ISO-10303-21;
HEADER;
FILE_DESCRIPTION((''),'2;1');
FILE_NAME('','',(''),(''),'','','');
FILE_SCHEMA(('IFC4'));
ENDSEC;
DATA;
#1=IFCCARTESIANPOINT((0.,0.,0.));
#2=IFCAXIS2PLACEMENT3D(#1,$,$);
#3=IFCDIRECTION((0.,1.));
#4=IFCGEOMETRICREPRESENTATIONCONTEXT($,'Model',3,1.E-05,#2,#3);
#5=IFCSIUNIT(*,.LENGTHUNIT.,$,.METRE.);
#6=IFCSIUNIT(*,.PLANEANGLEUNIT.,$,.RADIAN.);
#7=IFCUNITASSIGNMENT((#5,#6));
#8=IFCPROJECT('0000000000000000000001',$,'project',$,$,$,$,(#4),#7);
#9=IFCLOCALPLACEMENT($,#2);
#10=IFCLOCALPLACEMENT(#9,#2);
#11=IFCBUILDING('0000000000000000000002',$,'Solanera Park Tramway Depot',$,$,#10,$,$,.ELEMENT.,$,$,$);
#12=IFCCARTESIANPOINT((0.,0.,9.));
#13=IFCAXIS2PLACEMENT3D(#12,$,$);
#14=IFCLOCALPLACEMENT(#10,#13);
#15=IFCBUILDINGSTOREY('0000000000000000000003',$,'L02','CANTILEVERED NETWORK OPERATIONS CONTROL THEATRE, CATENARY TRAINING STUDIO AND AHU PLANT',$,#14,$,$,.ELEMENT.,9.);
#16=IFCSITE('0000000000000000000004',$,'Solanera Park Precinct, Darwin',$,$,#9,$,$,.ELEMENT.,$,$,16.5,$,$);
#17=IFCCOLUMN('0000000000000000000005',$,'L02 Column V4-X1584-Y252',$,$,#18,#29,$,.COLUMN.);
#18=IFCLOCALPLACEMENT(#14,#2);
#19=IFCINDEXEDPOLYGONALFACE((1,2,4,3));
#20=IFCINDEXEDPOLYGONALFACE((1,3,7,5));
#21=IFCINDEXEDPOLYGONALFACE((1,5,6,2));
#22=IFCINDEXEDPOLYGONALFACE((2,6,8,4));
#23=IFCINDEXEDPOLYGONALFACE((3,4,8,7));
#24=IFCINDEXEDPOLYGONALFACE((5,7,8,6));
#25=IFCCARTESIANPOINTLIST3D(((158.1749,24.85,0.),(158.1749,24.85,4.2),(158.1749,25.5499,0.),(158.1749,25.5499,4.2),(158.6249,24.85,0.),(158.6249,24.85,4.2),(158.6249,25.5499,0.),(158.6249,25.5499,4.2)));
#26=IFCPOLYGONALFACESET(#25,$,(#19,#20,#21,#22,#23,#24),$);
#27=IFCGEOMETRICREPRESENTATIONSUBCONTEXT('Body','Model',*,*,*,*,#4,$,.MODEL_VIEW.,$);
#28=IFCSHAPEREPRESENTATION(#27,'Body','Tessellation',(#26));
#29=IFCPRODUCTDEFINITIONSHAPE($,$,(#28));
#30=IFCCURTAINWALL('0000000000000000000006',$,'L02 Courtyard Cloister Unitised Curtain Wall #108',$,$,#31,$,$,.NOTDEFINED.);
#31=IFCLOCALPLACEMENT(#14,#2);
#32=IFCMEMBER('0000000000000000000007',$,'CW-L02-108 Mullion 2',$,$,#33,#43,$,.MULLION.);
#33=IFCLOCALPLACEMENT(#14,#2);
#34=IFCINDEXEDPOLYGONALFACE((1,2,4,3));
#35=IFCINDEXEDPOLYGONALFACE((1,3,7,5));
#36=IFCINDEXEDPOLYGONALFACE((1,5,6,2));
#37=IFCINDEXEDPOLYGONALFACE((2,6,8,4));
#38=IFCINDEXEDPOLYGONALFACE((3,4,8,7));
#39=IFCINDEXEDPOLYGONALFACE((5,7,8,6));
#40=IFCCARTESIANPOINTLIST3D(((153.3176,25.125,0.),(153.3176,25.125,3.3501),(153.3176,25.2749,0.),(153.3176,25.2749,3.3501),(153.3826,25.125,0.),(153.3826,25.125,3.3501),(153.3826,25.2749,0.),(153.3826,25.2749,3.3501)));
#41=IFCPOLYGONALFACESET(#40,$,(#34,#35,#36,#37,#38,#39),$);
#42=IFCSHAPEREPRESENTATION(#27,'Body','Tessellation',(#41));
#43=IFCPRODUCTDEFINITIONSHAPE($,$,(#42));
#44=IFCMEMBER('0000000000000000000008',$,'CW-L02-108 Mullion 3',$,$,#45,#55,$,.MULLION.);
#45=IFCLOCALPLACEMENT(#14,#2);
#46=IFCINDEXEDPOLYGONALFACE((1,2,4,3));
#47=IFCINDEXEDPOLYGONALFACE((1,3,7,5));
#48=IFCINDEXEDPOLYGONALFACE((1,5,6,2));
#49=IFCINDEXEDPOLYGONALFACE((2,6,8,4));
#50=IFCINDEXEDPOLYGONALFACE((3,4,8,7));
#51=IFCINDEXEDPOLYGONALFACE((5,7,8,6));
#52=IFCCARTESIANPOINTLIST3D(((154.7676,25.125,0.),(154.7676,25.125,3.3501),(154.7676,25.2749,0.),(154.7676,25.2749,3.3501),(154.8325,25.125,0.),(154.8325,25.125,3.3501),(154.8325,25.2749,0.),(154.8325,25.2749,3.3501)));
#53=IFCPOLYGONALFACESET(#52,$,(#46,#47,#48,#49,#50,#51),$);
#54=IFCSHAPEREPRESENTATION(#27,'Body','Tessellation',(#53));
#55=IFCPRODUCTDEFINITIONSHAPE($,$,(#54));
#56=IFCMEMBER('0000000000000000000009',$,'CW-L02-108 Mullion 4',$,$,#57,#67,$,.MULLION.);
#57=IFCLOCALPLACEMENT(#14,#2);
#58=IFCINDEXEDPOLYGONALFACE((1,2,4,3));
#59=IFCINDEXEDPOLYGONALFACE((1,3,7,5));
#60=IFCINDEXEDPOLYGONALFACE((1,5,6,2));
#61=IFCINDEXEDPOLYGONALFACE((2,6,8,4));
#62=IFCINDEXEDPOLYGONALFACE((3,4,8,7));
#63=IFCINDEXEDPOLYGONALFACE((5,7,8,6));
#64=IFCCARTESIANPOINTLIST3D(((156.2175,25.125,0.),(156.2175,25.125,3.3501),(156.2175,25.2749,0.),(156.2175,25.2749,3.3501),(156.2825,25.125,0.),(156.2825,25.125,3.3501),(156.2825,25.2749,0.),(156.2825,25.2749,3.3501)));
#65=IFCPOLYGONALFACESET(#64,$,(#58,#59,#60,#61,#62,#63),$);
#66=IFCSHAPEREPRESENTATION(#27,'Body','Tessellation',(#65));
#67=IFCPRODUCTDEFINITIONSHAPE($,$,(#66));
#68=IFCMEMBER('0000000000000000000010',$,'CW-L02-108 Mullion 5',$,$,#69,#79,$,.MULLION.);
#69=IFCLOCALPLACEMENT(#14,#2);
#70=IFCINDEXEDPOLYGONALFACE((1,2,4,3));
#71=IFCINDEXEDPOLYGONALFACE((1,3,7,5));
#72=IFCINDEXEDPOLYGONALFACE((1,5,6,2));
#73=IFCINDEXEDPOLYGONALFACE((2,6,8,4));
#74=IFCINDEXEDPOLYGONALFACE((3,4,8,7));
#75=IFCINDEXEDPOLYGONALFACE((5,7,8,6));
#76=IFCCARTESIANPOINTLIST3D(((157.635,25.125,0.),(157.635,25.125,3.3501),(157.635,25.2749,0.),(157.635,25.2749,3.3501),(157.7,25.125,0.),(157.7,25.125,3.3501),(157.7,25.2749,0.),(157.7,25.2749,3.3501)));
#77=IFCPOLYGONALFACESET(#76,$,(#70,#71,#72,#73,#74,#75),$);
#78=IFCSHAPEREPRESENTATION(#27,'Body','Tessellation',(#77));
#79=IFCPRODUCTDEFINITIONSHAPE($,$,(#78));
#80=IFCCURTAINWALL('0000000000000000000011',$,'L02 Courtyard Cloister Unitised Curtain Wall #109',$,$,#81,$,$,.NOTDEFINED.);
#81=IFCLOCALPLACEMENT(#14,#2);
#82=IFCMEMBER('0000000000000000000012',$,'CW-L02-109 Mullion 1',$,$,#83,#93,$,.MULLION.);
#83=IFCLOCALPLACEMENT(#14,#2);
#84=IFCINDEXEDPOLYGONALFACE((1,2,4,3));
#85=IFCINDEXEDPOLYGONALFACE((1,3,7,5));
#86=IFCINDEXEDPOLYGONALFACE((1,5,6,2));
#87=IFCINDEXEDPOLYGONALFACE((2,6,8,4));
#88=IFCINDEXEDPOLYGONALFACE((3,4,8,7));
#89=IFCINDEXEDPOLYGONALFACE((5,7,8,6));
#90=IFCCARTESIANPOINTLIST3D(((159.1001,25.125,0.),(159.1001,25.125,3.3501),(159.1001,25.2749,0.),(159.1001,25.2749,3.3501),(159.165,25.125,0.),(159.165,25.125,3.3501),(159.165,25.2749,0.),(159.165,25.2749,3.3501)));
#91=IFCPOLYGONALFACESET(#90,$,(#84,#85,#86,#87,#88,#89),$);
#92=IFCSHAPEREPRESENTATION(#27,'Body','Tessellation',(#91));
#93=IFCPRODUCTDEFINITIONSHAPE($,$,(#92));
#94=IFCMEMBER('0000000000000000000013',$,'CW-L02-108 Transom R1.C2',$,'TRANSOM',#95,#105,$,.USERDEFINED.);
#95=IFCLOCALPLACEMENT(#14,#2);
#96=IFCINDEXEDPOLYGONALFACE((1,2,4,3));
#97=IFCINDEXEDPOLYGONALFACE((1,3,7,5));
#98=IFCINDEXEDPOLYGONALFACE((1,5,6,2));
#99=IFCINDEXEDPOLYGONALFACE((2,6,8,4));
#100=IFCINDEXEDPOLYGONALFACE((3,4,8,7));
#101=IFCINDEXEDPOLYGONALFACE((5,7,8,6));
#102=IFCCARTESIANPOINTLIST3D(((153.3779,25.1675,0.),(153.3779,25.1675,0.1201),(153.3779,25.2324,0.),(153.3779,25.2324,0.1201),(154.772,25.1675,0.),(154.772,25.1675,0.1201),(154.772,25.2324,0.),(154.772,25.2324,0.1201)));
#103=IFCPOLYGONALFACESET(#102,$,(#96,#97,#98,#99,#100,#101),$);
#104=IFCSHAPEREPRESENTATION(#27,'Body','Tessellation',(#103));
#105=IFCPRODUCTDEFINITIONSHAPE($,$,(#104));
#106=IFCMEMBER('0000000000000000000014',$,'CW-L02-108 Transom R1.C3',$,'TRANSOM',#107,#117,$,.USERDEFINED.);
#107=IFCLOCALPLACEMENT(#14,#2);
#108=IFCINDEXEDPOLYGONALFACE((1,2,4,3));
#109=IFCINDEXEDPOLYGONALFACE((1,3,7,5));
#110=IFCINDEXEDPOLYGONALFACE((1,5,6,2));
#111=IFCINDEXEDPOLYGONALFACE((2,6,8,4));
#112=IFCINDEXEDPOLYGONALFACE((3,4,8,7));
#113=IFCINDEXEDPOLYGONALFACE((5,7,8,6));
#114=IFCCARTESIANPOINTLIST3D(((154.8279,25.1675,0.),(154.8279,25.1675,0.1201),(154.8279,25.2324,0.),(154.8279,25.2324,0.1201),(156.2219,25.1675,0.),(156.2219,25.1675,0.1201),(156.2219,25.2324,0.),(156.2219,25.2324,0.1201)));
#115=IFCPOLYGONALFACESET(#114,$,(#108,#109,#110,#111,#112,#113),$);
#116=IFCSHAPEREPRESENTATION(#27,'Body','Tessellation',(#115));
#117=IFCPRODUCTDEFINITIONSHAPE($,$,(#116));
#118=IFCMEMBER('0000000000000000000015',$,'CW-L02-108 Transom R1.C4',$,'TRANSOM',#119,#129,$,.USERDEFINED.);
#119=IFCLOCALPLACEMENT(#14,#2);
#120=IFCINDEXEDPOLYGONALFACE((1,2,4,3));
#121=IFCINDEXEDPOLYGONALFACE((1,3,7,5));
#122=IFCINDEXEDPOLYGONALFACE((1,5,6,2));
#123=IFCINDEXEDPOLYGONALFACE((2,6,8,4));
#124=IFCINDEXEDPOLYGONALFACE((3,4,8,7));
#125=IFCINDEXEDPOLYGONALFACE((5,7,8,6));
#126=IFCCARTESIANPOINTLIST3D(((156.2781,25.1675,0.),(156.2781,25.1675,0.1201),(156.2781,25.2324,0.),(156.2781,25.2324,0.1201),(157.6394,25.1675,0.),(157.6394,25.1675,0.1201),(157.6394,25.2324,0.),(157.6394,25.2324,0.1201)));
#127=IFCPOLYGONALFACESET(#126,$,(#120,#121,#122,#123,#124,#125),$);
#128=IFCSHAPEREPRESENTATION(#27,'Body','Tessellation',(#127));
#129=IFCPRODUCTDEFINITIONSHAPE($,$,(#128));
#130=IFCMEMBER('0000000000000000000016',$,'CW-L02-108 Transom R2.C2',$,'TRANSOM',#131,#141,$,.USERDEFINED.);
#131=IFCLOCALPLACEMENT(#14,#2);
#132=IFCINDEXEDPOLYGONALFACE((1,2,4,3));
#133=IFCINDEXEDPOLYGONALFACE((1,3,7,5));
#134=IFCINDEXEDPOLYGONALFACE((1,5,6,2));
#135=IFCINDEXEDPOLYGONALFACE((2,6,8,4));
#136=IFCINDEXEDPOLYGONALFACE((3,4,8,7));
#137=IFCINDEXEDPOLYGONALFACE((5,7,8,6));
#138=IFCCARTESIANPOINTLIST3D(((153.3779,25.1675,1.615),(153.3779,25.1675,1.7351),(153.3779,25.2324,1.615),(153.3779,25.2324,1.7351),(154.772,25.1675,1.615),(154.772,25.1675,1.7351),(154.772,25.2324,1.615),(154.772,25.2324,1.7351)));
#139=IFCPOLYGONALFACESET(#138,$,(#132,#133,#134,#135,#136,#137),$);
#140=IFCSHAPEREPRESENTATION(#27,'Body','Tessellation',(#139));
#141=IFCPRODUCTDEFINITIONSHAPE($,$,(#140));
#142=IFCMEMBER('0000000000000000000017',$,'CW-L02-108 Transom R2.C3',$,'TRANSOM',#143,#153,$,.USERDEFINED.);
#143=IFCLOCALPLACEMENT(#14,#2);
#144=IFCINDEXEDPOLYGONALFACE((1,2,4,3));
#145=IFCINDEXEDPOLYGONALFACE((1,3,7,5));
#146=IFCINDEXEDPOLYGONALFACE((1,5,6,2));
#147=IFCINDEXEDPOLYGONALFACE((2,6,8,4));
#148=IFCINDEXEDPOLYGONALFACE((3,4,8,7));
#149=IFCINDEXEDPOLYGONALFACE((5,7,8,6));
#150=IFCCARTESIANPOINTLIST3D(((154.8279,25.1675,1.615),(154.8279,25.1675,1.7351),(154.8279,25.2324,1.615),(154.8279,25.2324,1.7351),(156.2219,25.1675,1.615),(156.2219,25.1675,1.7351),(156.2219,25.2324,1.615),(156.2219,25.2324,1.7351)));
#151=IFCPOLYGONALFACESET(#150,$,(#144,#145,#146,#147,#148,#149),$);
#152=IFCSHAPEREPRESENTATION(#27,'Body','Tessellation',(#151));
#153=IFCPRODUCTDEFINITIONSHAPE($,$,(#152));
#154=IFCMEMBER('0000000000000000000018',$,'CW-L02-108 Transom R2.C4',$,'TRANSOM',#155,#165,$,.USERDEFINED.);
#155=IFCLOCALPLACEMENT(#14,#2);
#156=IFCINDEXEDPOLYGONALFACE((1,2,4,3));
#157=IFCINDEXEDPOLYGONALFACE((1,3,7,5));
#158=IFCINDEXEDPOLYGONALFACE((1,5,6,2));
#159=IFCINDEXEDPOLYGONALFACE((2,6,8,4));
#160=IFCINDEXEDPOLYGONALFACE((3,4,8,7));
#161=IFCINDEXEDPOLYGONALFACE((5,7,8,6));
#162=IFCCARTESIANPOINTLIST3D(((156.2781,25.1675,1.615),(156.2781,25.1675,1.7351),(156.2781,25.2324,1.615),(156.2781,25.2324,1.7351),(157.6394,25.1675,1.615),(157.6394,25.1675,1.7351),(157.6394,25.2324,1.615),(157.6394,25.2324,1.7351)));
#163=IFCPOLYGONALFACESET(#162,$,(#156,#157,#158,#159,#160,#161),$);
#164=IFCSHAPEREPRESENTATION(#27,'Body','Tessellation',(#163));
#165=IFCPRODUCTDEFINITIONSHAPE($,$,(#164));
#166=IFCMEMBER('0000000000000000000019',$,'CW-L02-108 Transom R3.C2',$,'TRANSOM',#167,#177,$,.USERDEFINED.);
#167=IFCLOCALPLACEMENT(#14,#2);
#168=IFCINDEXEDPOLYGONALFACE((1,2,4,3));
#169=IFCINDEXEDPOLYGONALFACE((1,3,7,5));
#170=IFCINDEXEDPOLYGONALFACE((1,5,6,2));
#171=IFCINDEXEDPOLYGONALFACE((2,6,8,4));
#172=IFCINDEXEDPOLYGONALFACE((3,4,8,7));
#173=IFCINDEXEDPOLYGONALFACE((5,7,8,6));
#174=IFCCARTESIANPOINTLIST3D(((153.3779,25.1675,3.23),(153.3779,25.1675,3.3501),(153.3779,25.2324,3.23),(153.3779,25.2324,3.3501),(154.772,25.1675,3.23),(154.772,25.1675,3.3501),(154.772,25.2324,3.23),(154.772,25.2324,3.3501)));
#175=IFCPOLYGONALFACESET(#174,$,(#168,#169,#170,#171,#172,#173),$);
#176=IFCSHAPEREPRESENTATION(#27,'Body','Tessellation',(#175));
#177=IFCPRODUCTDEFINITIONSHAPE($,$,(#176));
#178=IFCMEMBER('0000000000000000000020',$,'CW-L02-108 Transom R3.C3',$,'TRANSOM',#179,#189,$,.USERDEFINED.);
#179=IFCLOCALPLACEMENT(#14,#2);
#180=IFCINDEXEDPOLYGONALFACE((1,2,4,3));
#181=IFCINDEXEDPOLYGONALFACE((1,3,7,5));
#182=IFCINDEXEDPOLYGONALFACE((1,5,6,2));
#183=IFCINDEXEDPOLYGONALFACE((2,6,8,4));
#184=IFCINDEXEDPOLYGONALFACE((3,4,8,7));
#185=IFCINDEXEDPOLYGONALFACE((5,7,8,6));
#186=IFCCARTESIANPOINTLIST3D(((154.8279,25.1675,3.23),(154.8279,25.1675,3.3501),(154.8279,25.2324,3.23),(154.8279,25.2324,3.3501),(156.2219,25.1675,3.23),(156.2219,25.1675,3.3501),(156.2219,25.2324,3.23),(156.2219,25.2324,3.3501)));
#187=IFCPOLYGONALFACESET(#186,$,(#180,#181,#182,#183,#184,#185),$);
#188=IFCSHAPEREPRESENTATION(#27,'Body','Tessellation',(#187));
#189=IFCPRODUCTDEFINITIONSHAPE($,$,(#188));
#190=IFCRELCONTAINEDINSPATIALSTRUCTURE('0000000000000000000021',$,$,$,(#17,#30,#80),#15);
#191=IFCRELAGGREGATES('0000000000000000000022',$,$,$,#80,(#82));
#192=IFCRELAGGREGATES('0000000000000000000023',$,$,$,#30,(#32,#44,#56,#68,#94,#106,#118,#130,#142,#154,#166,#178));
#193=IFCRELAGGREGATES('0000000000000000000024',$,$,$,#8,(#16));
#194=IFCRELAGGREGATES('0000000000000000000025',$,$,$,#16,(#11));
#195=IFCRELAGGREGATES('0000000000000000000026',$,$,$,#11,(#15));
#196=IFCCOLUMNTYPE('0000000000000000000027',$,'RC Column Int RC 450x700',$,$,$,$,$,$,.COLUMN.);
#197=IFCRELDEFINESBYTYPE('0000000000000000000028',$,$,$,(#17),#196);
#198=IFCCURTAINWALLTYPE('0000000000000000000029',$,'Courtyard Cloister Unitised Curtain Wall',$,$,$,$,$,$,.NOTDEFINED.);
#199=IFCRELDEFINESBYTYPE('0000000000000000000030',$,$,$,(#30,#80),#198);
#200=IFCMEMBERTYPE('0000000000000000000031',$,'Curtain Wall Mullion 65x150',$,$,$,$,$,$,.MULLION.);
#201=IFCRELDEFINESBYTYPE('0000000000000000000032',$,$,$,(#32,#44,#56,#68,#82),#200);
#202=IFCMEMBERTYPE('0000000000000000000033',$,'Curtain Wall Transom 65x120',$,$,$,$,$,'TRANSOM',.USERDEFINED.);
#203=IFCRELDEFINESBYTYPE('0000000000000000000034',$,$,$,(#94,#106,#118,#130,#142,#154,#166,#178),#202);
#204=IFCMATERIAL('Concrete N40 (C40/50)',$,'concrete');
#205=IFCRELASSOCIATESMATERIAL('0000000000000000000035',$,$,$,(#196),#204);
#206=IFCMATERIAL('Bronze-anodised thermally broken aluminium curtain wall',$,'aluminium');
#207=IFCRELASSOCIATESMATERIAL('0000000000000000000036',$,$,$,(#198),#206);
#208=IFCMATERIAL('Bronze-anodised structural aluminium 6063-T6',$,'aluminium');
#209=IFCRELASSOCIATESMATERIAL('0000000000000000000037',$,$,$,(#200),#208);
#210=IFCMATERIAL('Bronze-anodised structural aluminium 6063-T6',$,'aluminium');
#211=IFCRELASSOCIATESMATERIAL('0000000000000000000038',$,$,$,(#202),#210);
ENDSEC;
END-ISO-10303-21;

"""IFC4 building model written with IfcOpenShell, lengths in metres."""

from ifc_helpers import new_model, si_unit, direction, frame, origin, origin_2d, place, context, subcontext, project, spatial, rectangle, extrude, material, material_profile, profile_set, type_object, element, aggregate, save


model = new_model("IFC4")

# Units and contexts
model_context = context("Model", 3, precision=1e-05, world=origin(), true_north=direction((0.0, 1.0)))
body_context = subcontext(model_context, "Body", "Model", "MODEL_VIEW")
ifc_project = project(units=[si_unit("LENGTHUNIT", "METRE"), si_unit("PLANEANGLEUNIT", "RADIAN")], contexts=[model_context])

# Site, building, storey
site_placement = place(None, origin())
site = spatial("IfcSite", under=ifc_project, at=site_placement, Name="Solanera Park Precinct, Darwin", CompositionType="ELEMENT", RefElevation=16.5)
building_placement = place(site_placement, origin())
building = spatial("IfcBuilding", under=site, at=building_placement, Name="Solanera Park Tramway Depot", CompositionType="ELEMENT")
storey_placement = place(building_placement, frame((0.0, 0.0, 9.0)))
storey = spatial("IfcBuildingStorey", under=building, at=storey_placement, Name="L02", Description="CANTILEVERED NETWORK OPERATIONS CONTROL THEATRE, CATENARY TRAINING STUDIO AND AHU PLANT", CompositionType="ELEMENT", Elevation=9.0)

# Column
ifc_material_1 = material(Name="Concrete N40 (C40/50)", Category="concrete")
ifc_material_profile_1 = material_profile(ifc_material_1, rectangle(XDim=0.45, YDim=0.7, at=origin_2d()), Name="RC 450x700")
ifc_profile_set_1 = profile_set([ifc_material_profile_1], Name="Concrete N40 (C40/50)")
column_type = type_object("IfcColumnType", Name="RC Column Int RC 450x700", PredefinedType="COLUMN", material=ifc_profile_set_1)
column_placement = place(storey_placement, frame((158.3999, 25.2, 0.0), z_axis=(0.0, 0.0, 1.0), x_axis=(1.0, 0.0, 0.0)))
element("IfcColumn", 1, at=column_placement, inside=storey, type_object=column_type, Name="L02 Column V4-X1584-Y252", PredefinedType="COLUMN", context=body_context, shape_type="SweptSolid", body=[
    extrude(rectangle(XDim=0.45, YDim=0.7, at=origin_2d()), origin(), (0.0, 0.0, 1.0), 4.2),
])

# Curtain wall, members
ifc_material_2 = material(Name="Bronze-anodised thermally broken aluminium curtain wall", Category="aluminium")
curtain_wall_type = type_object("IfcCurtainWallType", Name="Courtyard Cloister Unitised Curtain Wall", PredefinedType="NOTDEFINED", material=ifc_material_2)
curtain_wall_1_placement = place(storey_placement, origin())
curtain_wall_1 = element("IfcCurtainWall", 2, at=curtain_wall_1_placement, inside=storey, type_object=curtain_wall_type, Name="L02 Courtyard Cloister Unitised Curtain Wall #108", PredefinedType="NOTDEFINED")
ifc_material_3 = material(Name="Bronze-anodised structural aluminium 6063-T6", Category="aluminium")
ifc_material_profile_2 = material_profile(ifc_material_3, rectangle(XDim=0.0649, YDim=0.1499, at=origin_2d()), Name="Curtain Wall Mullion 65x150")
ifc_profile_set_2 = profile_set([ifc_material_profile_2], Name="Bronze-anodised structural aluminium 6063-T6")
member_type_1 = type_object("IfcMemberType", Name="Curtain Wall Mullion 65x150", PredefinedType="MULLION", material=ifc_profile_set_2)
member_1_placement = place(storey_placement, frame((153.3501, 25.2, 0.0), z_axis=(0.0, 0.0, 1.0), x_axis=(1.0, 0.0, 0.0)))
member_1 = element("IfcMember", 3, at=member_1_placement, type_object=member_type_1, Name="CW-L02-108 Mullion 2", PredefinedType="MULLION", context=body_context, shape_type="SweptSolid", body=[
    extrude(rectangle(XDim=0.0649, YDim=0.1499, at=origin_2d()), origin(), (0.0, 0.0, 1.0), 3.3501),
])
member_2_placement = place(storey_placement, frame((154.8, 25.2, 0.0), z_axis=(0.0, 0.0, 1.0), x_axis=(1.0, 0.0, 0.0)))
member_2 = element("IfcMember", 4, at=member_2_placement, type_object=member_type_1, Name="CW-L02-108 Mullion 3", PredefinedType="MULLION", context=body_context, shape_type="SweptSolid", body=[
    extrude(rectangle(XDim=0.0649, YDim=0.1499, at=origin_2d()), origin(), (0.0, 0.0, 1.0), 3.3501),
])
member_3_placement = place(storey_placement, frame((156.25, 25.2, 0.0), z_axis=(0.0, 0.0, 1.0), x_axis=(1.0, 0.0, 0.0)))
member_3 = element("IfcMember", 5, at=member_3_placement, type_object=member_type_1, Name="CW-L02-108 Mullion 4", PredefinedType="MULLION", context=body_context, shape_type="SweptSolid", body=[
    extrude(rectangle(XDim=0.0649, YDim=0.1499, at=origin_2d()), origin(), (0.0, 0.0, 1.0), 3.3501),
])
member_4_placement = place(storey_placement, frame((157.6675, 25.2, 0.0), z_axis=(0.0, 0.0, 1.0), x_axis=(1.0, 0.0, 0.0)))
member_4 = element("IfcMember", 6, at=member_4_placement, type_object=member_type_1, Name="CW-L02-108 Mullion 5", PredefinedType="MULLION", context=body_context, shape_type="SweptSolid", body=[
    extrude(rectangle(XDim=0.0649, YDim=0.1499, at=origin_2d()), origin(), (0.0, 0.0, 1.0), 3.3501),
])

# Curtain wall, member
curtain_wall_2_placement = place(storey_placement, origin())
curtain_wall_2 = element("IfcCurtainWall", 7, at=curtain_wall_2_placement, inside=storey, type_object=curtain_wall_type, Name="L02 Courtyard Cloister Unitised Curtain Wall #109", PredefinedType="NOTDEFINED")
member_5_placement = place(storey_placement, frame((159.1326, 25.2, 0.0), z_axis=(0.0, 0.0, 1.0), x_axis=(1.0, 0.0, 0.0)))
member_5 = element("IfcMember", 8, at=member_5_placement, type_object=member_type_1, Name="CW-L02-109 Mullion 1", PredefinedType="MULLION", context=body_context, shape_type="SweptSolid", body=[
    extrude(rectangle(XDim=0.0649, YDim=0.1499, at=origin_2d()), origin(), (0.0, 0.0, 1.0), 3.3501),
])

# Members
ifc_material_4 = material(Name="Bronze-anodised structural aluminium 6063-T6", Category="aluminium")
ifc_material_profile_3 = material_profile(ifc_material_4, rectangle(XDim=0.0649, YDim=0.1201, at=origin_2d()), Name="Curtain Wall Transom 65x120")
ifc_profile_set_3 = profile_set([ifc_material_profile_3], Name="Bronze-anodised structural aluminium 6063-T6")
member_type_2 = type_object("IfcMemberType", Name="Curtain Wall Transom 65x120", ElementType="TRANSOM", PredefinedType="USERDEFINED", material=ifc_profile_set_3)
member_6_placement = place(storey_placement, frame((153.3779, 25.2, 0.0601), z_axis=(1.0, 0.0, 0.0), x_axis=(0.0, 1.0, 0.0)))
member_6 = element("IfcMember", 9, at=member_6_placement, type_object=member_type_2, Name="CW-L02-108 Transom R1.C2", ObjectType="TRANSOM", PredefinedType="USERDEFINED", context=body_context, shape_type="SweptSolid", body=[
    extrude(rectangle(XDim=0.0649, YDim=0.1201, at=origin_2d()), origin(), (0.0, 0.0, 1.0), 1.394),
])
member_7_placement = place(storey_placement, frame((154.8279, 25.2, 0.0601), z_axis=(1.0, 0.0, 0.0), x_axis=(0.0, 1.0, 0.0)))
member_7 = element("IfcMember", 10, at=member_7_placement, type_object=member_type_2, Name="CW-L02-108 Transom R1.C3", ObjectType="TRANSOM", PredefinedType="USERDEFINED", context=body_context, shape_type="SweptSolid", body=[
    extrude(rectangle(XDim=0.0649, YDim=0.1201, at=origin_2d()), origin(), (0.0, 0.0, 1.0), 1.394),
])
member_8_placement = place(storey_placement, frame((156.2781, 25.2, 0.0601), z_axis=(1.0, 0.0, 0.0), x_axis=(0.0, 1.0, 0.0)))
member_8 = element("IfcMember", 11, at=member_8_placement, type_object=member_type_2, Name="CW-L02-108 Transom R1.C4", ObjectType="TRANSOM", PredefinedType="USERDEFINED", context=body_context, shape_type="SweptSolid", body=[
    extrude(rectangle(XDim=0.0649, YDim=0.1201, at=origin_2d()), origin(), (0.0, 0.0, 1.0), 1.3613),
])
member_9_placement = place(storey_placement, frame((153.3779, 25.2, 1.675), z_axis=(1.0, 0.0, 0.0), x_axis=(0.0, 1.0, 0.0)))
member_9 = element("IfcMember", 12, at=member_9_placement, type_object=member_type_2, Name="CW-L02-108 Transom R2.C2", ObjectType="TRANSOM", PredefinedType="USERDEFINED", context=body_context, shape_type="SweptSolid", body=[
    extrude(rectangle(XDim=0.0649, YDim=0.1201, at=origin_2d()), origin(), (0.0, 0.0, 1.0), 1.394),
])
member_10_placement = place(storey_placement, frame((154.8279, 25.2, 1.675), z_axis=(1.0, 0.0, 0.0), x_axis=(0.0, 1.0, 0.0)))
member_10 = element("IfcMember", 13, at=member_10_placement, type_object=member_type_2, Name="CW-L02-108 Transom R2.C3", ObjectType="TRANSOM", PredefinedType="USERDEFINED", context=body_context, shape_type="SweptSolid", body=[
    extrude(rectangle(XDim=0.0649, YDim=0.1201, at=origin_2d()), origin(), (0.0, 0.0, 1.0), 1.394),
])
member_11_placement = place(storey_placement, frame((156.2781, 25.2, 1.675), z_axis=(1.0, 0.0, 0.0), x_axis=(0.0, 1.0, 0.0)))
member_11 = element("IfcMember", 14, at=member_11_placement, type_object=member_type_2, Name="CW-L02-108 Transom R2.C4", ObjectType="TRANSOM", PredefinedType="USERDEFINED", context=body_context, shape_type="SweptSolid", body=[
    extrude(rectangle(XDim=0.0649, YDim=0.1201, at=origin_2d()), origin(), (0.0, 0.0, 1.0), 1.3613),
])
member_12_placement = place(storey_placement, frame((153.3779, 25.2, 3.29), z_axis=(1.0, 0.0, 0.0), x_axis=(0.0, 1.0, 0.0)))
member_12 = element("IfcMember", 15, at=member_12_placement, type_object=member_type_2, Name="CW-L02-108 Transom R3.C2", ObjectType="TRANSOM", PredefinedType="USERDEFINED", context=body_context, shape_type="SweptSolid", body=[
    extrude(rectangle(XDim=0.0649, YDim=0.1201, at=origin_2d()), origin(), (0.0, 0.0, 1.0), 1.394),
])
member_13_placement = place(storey_placement, frame((154.8279, 25.2, 3.29), z_axis=(1.0, 0.0, 0.0), x_axis=(0.0, 1.0, 0.0)))
member_13 = element("IfcMember", 16, at=member_13_placement, type_object=member_type_2, Name="CW-L02-108 Transom R3.C3", ObjectType="TRANSOM", PredefinedType="USERDEFINED", context=body_context, shape_type="SweptSolid", body=[
    extrude(rectangle(XDim=0.0649, YDim=0.1201, at=origin_2d()), origin(), (0.0, 0.0, 1.0), 1.394),
])
aggregate(curtain_wall_2, [member_5])

aggregate(curtain_wall_1, [member_1, member_2, member_3, member_4, member_6, member_7, member_8, member_9, member_10, member_11, member_12, member_13])

save(model, "model.ifc")
